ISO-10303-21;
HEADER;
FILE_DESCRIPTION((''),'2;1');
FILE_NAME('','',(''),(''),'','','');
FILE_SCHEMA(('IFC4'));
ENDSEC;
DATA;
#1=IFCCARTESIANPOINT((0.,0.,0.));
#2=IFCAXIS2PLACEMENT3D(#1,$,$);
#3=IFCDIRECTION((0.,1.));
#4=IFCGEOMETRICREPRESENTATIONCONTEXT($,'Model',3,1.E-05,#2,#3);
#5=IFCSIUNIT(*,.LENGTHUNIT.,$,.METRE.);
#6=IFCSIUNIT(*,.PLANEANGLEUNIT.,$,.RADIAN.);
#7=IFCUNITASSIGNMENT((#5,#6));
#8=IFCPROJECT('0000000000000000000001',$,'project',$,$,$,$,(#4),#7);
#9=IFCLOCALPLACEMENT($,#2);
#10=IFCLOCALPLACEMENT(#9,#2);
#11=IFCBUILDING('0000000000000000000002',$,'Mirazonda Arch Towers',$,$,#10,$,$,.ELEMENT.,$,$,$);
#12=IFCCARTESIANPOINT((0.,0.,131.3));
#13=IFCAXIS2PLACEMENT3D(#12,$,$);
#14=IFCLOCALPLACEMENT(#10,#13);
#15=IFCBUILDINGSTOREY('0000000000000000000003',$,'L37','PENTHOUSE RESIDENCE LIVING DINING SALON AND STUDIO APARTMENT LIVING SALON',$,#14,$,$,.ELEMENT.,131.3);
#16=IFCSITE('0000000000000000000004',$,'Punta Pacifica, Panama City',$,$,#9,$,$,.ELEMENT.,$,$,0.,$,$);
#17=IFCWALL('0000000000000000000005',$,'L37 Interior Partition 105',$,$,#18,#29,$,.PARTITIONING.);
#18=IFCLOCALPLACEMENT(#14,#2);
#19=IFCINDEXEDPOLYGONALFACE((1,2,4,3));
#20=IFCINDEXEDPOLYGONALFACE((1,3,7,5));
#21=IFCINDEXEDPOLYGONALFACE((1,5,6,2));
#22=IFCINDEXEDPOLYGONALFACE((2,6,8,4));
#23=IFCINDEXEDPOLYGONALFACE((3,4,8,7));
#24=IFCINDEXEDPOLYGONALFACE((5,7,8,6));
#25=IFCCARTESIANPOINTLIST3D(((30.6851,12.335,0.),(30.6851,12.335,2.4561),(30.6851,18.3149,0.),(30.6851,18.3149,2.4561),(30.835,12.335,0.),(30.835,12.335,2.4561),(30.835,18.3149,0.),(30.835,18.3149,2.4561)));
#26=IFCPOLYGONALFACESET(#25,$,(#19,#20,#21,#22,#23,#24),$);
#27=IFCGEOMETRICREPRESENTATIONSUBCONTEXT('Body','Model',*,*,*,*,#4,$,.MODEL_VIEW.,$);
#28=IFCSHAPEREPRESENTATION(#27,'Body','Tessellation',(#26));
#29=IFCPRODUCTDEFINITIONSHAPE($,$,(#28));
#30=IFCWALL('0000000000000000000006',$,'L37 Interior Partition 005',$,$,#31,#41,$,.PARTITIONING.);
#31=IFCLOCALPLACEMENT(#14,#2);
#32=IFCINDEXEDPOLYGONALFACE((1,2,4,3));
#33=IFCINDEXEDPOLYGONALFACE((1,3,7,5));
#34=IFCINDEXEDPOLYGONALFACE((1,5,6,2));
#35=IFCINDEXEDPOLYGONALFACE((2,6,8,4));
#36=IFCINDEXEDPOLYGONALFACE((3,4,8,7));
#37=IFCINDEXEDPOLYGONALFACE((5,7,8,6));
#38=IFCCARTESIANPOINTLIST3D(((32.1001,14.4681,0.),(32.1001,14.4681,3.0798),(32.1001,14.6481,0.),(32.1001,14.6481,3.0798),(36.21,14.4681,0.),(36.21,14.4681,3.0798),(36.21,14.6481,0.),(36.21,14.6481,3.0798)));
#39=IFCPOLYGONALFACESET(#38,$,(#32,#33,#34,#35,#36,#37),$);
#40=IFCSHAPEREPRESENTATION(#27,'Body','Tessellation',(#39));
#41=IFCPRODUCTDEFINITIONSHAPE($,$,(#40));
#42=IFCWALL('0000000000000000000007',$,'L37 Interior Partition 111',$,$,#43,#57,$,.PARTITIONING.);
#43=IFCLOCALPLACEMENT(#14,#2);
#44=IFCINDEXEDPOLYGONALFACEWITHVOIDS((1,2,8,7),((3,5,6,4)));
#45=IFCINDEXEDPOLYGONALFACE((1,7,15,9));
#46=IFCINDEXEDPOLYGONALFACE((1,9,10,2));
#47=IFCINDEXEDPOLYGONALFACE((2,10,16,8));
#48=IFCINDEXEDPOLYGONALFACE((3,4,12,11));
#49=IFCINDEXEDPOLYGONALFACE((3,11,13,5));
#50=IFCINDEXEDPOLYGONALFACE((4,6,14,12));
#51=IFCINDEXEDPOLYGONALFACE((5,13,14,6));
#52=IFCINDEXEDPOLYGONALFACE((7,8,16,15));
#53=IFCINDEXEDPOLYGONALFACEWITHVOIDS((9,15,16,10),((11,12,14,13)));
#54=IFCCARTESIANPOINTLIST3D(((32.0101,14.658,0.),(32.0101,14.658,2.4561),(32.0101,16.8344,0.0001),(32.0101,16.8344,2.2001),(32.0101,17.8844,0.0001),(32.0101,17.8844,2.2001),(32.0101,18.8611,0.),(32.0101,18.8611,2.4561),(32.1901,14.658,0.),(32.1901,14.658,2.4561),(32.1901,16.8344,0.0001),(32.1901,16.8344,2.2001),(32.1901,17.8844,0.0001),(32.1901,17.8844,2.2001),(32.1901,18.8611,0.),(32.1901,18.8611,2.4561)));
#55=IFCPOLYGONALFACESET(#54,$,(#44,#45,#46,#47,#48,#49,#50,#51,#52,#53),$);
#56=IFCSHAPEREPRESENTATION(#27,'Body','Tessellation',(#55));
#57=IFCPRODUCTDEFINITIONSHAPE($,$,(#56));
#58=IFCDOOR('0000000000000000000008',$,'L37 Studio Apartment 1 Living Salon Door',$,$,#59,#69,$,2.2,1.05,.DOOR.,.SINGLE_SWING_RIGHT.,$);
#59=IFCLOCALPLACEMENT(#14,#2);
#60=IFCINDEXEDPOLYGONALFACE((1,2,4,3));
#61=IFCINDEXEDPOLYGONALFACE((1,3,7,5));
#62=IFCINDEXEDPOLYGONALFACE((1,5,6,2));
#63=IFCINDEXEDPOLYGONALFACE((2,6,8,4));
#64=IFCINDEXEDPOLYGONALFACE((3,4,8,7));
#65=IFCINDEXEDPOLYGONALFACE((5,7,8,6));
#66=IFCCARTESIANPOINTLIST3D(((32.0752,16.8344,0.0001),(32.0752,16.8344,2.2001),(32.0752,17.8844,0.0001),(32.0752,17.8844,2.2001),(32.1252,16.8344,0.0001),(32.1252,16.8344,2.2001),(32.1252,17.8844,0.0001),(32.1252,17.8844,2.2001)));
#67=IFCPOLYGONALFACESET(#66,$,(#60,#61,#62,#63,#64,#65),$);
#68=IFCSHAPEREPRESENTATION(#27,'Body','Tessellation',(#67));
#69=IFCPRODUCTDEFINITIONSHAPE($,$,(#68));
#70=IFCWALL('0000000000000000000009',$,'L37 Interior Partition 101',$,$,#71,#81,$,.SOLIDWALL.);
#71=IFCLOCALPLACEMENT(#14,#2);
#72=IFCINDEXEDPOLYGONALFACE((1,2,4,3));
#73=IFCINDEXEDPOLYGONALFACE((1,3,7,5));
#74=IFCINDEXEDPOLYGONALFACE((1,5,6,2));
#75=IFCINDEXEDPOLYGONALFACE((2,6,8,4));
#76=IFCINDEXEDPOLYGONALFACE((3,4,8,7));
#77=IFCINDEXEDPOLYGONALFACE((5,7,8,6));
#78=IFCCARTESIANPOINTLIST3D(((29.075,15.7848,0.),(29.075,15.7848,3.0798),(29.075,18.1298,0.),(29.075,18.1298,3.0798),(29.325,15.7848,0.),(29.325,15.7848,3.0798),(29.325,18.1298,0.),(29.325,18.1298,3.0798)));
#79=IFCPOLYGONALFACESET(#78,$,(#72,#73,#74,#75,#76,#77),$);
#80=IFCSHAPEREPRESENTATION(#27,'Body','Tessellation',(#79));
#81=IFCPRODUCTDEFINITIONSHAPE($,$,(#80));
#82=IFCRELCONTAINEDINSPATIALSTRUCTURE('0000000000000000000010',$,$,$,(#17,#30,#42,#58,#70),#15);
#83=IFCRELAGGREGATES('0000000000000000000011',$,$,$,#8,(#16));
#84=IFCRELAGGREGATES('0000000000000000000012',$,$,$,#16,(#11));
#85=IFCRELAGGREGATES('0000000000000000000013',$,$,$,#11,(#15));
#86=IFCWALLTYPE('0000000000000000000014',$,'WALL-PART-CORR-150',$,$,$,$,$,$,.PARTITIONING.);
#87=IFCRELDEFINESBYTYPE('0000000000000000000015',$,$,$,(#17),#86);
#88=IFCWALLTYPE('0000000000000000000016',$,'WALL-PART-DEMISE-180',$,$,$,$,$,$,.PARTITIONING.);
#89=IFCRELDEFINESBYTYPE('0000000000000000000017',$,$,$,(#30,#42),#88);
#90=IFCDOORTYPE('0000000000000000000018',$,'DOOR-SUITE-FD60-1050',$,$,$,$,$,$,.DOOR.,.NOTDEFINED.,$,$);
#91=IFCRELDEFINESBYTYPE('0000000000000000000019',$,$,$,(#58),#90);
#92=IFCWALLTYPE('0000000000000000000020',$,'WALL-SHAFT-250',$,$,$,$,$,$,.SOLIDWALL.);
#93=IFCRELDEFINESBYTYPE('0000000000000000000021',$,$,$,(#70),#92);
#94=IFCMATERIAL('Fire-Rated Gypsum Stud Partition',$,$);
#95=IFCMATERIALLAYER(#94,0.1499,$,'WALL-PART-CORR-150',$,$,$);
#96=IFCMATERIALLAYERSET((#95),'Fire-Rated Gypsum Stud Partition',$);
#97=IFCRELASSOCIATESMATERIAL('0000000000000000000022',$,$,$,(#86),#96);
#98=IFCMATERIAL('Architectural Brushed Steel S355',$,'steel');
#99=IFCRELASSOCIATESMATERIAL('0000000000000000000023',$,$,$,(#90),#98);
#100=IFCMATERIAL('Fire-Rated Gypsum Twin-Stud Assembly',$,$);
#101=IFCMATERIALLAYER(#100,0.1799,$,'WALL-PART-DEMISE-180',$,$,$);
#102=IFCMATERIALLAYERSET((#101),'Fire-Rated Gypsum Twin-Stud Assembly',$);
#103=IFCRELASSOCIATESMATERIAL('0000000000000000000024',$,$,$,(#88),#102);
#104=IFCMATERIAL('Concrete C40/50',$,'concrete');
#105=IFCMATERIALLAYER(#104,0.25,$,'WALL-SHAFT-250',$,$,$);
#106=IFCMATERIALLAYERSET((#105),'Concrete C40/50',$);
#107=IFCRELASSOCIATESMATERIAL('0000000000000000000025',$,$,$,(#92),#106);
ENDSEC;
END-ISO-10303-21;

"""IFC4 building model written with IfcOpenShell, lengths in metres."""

from ifc_helpers import new_model, si_unit, direction, frame, frame_2d, origin, place, context, subcontext, project, spatial, rectangle, extrude, material, layer, layer_set, type_object, element, fill, save


model = new_model("IFC4")

# Units and contexts
model_context = context("Model", 3, precision=1e-05, world=origin(), true_north=direction((0.0, 1.0)))
body_context = subcontext(model_context, "Body", "Model", "MODEL_VIEW")
ifc_project = project(units=[si_unit("LENGTHUNIT", "METRE"), si_unit("PLANEANGLEUNIT", "RADIAN")], contexts=[model_context])

# Site, building, storey
site_placement = place(None, origin())
site = spatial("IfcSite", under=ifc_project, at=site_placement, Name="Punta Pacifica, Panama City", CompositionType="ELEMENT", RefElevation=0.0)
building_placement = place(site_placement, origin())
building = spatial("IfcBuilding", under=site, at=building_placement, Name="Mirazonda Arch Towers", CompositionType="ELEMENT")
storey_placement = place(building_placement, frame((0.0, 0.0, 131.3)))
storey = spatial("IfcBuildingStorey", under=building, at=storey_placement, Name="L37", Description="PENTHOUSE RESIDENCE LIVING DINING SALON AND STUDIO APARTMENT LIVING SALON", CompositionType="ELEMENT", Elevation=131.3)

# Shared definitions
ifc_material_1 = material(Name="Fire-Rated Gypsum Stud Partition")
ifc_layer_1 = layer(ifc_material_1, 0.1499, Name="WALL-PART-CORR-150")
ifc_layer_set_1 = layer_set([ifc_layer_1], Name="Fire-Rated Gypsum Stud Partition")
wall_type_1 = type_object("IfcWallType", Name="WALL-PART-CORR-150", PredefinedType="PARTITIONING", material=ifc_layer_set_1)

# Shared definitions
ifc_material_2 = material(Name="Architectural Brushed Steel S355", Category="steel")
door_type_1 = type_object("IfcDoorType", Name="DOOR-SUITE-FD60-1050", OperationType="NOTDEFINED", PredefinedType="DOOR", material=ifc_material_2)

# Walls
wall_1_placement = place(storey_placement, frame((30.76, 12.335, 0.0), z_axis=(0.0, 0.0, 1.0), x_axis=(0.0, 1.0, 0.0)))
element("IfcWall", 1, at=wall_1_placement, inside=storey, type_object=wall_type_1, Name="L37 Interior Partition 105", PredefinedType="PARTITIONING", context=body_context, shape_type="SweptSolid", body=[
    extrude(rectangle(XDim=5.98, YDim=0.1499, at=frame_2d((2.99, 0.0))), origin(), (0.0, 0.0, 1.0), 2.4561),
])
ifc_material_3 = material(Name="Fire-Rated Gypsum Twin-Stud Assembly")
ifc_layer_2 = layer(ifc_material_3, 0.1799, Name="WALL-PART-DEMISE-180")
ifc_layer_set_2 = layer_set([ifc_layer_2], Name="Fire-Rated Gypsum Twin-Stud Assembly")
wall_type_2 = type_object("IfcWallType", Name="WALL-PART-DEMISE-180", PredefinedType="PARTITIONING", material=ifc_layer_set_2)
wall_2_placement = place(storey_placement, frame((32.1001, 14.5581, 0.0), z_axis=(0.0, 0.0, 1.0), x_axis=(1.0, 0.0, 0.0)))
element("IfcWall", 2, at=wall_2_placement, inside=storey, type_object=wall_type_2, Name="L37 Interior Partition 005", PredefinedType="PARTITIONING", context=body_context, shape_type="SweptSolid", body=[
    extrude(rectangle(XDim=4.1099, YDim=0.1799, at=frame_2d((2.0549, 0.0))), origin(), (0.0, 0.0, 1.0), 3.0798),
])

# Wall, opening, door
wall_3_placement = place(storey_placement, frame((32.1001, 14.658, 0.0), z_axis=(0.0, 0.0, 1.0), x_axis=(0.0, 1.0, 0.0)))
wall_3 = element("IfcWall", 3, at=wall_3_placement, inside=storey, type_object=wall_type_2, Name="L37 Interior Partition 111", PredefinedType="PARTITIONING", context=body_context, shape_type="SweptSolid", body=[
    extrude(rectangle(XDim=4.2031, YDim=0.1799, at=frame_2d((2.1016, 0.0))), origin(), (0.0, 0.0, 1.0), 2.4561),
])
opening_1_placement = place(wall_3_placement, frame((2.1765, 0.0, 0.0)))
opening_1 = element("IfcOpeningElement", 4, at=opening_1_placement, cuts=wall_3, PredefinedType="OPENING", context=body_context, shape_type="SweptSolid", body=[
    extrude(rectangle(XDim=1.05, YDim=2.2, at=frame_2d((0.5249, 1.1001))), frame((0.0, 0.0999, 0.0), z_axis=(0.0, -1.0, 0.0), x_axis=(1.0, 0.0, 0.0)), (0.0, 0.0, 1.0), 0.2),
])
door_1_placement = place(opening_1_placement, origin())
door_1 = element("IfcDoor", 5, at=door_1_placement, inside=storey, type_object=door_type_1, Name="L37 Studio Apartment 1 Living Salon Door", OperationType="SINGLE_SWING_RIGHT", OverallHeight=2.2, OverallWidth=1.05, PredefinedType="DOOR", context=body_context, shape_type="SweptSolid", body=[
    extrude(rectangle(XDim=1.05, YDim=2.2, at=frame_2d((0.5249, 1.1001))), frame((0.0, 0.0249, 0.0), z_axis=(0.0, -1.0, 0.0), x_axis=(1.0, 0.0, 0.0)), (0.0, 0.0, 1.0), 0.05),
])
fill(opening_1, door_1)

# Wall
ifc_material_4 = material(Name="Concrete C40/50", Category="concrete")
ifc_layer_3 = layer(ifc_material_4, 0.25, Name="WALL-SHAFT-250")
ifc_layer_set_3 = layer_set([ifc_layer_3], Name="Concrete C40/50")
wall_type_3 = type_object("IfcWallType", Name="WALL-SHAFT-250", PredefinedType="SOLIDWALL", material=ifc_layer_set_3)
wall_4_placement = place(storey_placement, frame((29.2, 15.7849, 0.0), z_axis=(0.0, 0.0, 1.0), x_axis=(0.0, 1.0, 0.0)))
element("IfcWall", 6, at=wall_4_placement, inside=storey, type_object=wall_type_3, Name="L37 Interior Partition 101", PredefinedType="SOLIDWALL", context=body_context, shape_type="SweptSolid", body=[
    extrude(rectangle(XDim=2.345, YDim=0.25, at=frame_2d((1.1724, 0.0))), origin(), (0.0, 0.0, 1.0), 3.0798),
])

save(model, "model.ifc")
